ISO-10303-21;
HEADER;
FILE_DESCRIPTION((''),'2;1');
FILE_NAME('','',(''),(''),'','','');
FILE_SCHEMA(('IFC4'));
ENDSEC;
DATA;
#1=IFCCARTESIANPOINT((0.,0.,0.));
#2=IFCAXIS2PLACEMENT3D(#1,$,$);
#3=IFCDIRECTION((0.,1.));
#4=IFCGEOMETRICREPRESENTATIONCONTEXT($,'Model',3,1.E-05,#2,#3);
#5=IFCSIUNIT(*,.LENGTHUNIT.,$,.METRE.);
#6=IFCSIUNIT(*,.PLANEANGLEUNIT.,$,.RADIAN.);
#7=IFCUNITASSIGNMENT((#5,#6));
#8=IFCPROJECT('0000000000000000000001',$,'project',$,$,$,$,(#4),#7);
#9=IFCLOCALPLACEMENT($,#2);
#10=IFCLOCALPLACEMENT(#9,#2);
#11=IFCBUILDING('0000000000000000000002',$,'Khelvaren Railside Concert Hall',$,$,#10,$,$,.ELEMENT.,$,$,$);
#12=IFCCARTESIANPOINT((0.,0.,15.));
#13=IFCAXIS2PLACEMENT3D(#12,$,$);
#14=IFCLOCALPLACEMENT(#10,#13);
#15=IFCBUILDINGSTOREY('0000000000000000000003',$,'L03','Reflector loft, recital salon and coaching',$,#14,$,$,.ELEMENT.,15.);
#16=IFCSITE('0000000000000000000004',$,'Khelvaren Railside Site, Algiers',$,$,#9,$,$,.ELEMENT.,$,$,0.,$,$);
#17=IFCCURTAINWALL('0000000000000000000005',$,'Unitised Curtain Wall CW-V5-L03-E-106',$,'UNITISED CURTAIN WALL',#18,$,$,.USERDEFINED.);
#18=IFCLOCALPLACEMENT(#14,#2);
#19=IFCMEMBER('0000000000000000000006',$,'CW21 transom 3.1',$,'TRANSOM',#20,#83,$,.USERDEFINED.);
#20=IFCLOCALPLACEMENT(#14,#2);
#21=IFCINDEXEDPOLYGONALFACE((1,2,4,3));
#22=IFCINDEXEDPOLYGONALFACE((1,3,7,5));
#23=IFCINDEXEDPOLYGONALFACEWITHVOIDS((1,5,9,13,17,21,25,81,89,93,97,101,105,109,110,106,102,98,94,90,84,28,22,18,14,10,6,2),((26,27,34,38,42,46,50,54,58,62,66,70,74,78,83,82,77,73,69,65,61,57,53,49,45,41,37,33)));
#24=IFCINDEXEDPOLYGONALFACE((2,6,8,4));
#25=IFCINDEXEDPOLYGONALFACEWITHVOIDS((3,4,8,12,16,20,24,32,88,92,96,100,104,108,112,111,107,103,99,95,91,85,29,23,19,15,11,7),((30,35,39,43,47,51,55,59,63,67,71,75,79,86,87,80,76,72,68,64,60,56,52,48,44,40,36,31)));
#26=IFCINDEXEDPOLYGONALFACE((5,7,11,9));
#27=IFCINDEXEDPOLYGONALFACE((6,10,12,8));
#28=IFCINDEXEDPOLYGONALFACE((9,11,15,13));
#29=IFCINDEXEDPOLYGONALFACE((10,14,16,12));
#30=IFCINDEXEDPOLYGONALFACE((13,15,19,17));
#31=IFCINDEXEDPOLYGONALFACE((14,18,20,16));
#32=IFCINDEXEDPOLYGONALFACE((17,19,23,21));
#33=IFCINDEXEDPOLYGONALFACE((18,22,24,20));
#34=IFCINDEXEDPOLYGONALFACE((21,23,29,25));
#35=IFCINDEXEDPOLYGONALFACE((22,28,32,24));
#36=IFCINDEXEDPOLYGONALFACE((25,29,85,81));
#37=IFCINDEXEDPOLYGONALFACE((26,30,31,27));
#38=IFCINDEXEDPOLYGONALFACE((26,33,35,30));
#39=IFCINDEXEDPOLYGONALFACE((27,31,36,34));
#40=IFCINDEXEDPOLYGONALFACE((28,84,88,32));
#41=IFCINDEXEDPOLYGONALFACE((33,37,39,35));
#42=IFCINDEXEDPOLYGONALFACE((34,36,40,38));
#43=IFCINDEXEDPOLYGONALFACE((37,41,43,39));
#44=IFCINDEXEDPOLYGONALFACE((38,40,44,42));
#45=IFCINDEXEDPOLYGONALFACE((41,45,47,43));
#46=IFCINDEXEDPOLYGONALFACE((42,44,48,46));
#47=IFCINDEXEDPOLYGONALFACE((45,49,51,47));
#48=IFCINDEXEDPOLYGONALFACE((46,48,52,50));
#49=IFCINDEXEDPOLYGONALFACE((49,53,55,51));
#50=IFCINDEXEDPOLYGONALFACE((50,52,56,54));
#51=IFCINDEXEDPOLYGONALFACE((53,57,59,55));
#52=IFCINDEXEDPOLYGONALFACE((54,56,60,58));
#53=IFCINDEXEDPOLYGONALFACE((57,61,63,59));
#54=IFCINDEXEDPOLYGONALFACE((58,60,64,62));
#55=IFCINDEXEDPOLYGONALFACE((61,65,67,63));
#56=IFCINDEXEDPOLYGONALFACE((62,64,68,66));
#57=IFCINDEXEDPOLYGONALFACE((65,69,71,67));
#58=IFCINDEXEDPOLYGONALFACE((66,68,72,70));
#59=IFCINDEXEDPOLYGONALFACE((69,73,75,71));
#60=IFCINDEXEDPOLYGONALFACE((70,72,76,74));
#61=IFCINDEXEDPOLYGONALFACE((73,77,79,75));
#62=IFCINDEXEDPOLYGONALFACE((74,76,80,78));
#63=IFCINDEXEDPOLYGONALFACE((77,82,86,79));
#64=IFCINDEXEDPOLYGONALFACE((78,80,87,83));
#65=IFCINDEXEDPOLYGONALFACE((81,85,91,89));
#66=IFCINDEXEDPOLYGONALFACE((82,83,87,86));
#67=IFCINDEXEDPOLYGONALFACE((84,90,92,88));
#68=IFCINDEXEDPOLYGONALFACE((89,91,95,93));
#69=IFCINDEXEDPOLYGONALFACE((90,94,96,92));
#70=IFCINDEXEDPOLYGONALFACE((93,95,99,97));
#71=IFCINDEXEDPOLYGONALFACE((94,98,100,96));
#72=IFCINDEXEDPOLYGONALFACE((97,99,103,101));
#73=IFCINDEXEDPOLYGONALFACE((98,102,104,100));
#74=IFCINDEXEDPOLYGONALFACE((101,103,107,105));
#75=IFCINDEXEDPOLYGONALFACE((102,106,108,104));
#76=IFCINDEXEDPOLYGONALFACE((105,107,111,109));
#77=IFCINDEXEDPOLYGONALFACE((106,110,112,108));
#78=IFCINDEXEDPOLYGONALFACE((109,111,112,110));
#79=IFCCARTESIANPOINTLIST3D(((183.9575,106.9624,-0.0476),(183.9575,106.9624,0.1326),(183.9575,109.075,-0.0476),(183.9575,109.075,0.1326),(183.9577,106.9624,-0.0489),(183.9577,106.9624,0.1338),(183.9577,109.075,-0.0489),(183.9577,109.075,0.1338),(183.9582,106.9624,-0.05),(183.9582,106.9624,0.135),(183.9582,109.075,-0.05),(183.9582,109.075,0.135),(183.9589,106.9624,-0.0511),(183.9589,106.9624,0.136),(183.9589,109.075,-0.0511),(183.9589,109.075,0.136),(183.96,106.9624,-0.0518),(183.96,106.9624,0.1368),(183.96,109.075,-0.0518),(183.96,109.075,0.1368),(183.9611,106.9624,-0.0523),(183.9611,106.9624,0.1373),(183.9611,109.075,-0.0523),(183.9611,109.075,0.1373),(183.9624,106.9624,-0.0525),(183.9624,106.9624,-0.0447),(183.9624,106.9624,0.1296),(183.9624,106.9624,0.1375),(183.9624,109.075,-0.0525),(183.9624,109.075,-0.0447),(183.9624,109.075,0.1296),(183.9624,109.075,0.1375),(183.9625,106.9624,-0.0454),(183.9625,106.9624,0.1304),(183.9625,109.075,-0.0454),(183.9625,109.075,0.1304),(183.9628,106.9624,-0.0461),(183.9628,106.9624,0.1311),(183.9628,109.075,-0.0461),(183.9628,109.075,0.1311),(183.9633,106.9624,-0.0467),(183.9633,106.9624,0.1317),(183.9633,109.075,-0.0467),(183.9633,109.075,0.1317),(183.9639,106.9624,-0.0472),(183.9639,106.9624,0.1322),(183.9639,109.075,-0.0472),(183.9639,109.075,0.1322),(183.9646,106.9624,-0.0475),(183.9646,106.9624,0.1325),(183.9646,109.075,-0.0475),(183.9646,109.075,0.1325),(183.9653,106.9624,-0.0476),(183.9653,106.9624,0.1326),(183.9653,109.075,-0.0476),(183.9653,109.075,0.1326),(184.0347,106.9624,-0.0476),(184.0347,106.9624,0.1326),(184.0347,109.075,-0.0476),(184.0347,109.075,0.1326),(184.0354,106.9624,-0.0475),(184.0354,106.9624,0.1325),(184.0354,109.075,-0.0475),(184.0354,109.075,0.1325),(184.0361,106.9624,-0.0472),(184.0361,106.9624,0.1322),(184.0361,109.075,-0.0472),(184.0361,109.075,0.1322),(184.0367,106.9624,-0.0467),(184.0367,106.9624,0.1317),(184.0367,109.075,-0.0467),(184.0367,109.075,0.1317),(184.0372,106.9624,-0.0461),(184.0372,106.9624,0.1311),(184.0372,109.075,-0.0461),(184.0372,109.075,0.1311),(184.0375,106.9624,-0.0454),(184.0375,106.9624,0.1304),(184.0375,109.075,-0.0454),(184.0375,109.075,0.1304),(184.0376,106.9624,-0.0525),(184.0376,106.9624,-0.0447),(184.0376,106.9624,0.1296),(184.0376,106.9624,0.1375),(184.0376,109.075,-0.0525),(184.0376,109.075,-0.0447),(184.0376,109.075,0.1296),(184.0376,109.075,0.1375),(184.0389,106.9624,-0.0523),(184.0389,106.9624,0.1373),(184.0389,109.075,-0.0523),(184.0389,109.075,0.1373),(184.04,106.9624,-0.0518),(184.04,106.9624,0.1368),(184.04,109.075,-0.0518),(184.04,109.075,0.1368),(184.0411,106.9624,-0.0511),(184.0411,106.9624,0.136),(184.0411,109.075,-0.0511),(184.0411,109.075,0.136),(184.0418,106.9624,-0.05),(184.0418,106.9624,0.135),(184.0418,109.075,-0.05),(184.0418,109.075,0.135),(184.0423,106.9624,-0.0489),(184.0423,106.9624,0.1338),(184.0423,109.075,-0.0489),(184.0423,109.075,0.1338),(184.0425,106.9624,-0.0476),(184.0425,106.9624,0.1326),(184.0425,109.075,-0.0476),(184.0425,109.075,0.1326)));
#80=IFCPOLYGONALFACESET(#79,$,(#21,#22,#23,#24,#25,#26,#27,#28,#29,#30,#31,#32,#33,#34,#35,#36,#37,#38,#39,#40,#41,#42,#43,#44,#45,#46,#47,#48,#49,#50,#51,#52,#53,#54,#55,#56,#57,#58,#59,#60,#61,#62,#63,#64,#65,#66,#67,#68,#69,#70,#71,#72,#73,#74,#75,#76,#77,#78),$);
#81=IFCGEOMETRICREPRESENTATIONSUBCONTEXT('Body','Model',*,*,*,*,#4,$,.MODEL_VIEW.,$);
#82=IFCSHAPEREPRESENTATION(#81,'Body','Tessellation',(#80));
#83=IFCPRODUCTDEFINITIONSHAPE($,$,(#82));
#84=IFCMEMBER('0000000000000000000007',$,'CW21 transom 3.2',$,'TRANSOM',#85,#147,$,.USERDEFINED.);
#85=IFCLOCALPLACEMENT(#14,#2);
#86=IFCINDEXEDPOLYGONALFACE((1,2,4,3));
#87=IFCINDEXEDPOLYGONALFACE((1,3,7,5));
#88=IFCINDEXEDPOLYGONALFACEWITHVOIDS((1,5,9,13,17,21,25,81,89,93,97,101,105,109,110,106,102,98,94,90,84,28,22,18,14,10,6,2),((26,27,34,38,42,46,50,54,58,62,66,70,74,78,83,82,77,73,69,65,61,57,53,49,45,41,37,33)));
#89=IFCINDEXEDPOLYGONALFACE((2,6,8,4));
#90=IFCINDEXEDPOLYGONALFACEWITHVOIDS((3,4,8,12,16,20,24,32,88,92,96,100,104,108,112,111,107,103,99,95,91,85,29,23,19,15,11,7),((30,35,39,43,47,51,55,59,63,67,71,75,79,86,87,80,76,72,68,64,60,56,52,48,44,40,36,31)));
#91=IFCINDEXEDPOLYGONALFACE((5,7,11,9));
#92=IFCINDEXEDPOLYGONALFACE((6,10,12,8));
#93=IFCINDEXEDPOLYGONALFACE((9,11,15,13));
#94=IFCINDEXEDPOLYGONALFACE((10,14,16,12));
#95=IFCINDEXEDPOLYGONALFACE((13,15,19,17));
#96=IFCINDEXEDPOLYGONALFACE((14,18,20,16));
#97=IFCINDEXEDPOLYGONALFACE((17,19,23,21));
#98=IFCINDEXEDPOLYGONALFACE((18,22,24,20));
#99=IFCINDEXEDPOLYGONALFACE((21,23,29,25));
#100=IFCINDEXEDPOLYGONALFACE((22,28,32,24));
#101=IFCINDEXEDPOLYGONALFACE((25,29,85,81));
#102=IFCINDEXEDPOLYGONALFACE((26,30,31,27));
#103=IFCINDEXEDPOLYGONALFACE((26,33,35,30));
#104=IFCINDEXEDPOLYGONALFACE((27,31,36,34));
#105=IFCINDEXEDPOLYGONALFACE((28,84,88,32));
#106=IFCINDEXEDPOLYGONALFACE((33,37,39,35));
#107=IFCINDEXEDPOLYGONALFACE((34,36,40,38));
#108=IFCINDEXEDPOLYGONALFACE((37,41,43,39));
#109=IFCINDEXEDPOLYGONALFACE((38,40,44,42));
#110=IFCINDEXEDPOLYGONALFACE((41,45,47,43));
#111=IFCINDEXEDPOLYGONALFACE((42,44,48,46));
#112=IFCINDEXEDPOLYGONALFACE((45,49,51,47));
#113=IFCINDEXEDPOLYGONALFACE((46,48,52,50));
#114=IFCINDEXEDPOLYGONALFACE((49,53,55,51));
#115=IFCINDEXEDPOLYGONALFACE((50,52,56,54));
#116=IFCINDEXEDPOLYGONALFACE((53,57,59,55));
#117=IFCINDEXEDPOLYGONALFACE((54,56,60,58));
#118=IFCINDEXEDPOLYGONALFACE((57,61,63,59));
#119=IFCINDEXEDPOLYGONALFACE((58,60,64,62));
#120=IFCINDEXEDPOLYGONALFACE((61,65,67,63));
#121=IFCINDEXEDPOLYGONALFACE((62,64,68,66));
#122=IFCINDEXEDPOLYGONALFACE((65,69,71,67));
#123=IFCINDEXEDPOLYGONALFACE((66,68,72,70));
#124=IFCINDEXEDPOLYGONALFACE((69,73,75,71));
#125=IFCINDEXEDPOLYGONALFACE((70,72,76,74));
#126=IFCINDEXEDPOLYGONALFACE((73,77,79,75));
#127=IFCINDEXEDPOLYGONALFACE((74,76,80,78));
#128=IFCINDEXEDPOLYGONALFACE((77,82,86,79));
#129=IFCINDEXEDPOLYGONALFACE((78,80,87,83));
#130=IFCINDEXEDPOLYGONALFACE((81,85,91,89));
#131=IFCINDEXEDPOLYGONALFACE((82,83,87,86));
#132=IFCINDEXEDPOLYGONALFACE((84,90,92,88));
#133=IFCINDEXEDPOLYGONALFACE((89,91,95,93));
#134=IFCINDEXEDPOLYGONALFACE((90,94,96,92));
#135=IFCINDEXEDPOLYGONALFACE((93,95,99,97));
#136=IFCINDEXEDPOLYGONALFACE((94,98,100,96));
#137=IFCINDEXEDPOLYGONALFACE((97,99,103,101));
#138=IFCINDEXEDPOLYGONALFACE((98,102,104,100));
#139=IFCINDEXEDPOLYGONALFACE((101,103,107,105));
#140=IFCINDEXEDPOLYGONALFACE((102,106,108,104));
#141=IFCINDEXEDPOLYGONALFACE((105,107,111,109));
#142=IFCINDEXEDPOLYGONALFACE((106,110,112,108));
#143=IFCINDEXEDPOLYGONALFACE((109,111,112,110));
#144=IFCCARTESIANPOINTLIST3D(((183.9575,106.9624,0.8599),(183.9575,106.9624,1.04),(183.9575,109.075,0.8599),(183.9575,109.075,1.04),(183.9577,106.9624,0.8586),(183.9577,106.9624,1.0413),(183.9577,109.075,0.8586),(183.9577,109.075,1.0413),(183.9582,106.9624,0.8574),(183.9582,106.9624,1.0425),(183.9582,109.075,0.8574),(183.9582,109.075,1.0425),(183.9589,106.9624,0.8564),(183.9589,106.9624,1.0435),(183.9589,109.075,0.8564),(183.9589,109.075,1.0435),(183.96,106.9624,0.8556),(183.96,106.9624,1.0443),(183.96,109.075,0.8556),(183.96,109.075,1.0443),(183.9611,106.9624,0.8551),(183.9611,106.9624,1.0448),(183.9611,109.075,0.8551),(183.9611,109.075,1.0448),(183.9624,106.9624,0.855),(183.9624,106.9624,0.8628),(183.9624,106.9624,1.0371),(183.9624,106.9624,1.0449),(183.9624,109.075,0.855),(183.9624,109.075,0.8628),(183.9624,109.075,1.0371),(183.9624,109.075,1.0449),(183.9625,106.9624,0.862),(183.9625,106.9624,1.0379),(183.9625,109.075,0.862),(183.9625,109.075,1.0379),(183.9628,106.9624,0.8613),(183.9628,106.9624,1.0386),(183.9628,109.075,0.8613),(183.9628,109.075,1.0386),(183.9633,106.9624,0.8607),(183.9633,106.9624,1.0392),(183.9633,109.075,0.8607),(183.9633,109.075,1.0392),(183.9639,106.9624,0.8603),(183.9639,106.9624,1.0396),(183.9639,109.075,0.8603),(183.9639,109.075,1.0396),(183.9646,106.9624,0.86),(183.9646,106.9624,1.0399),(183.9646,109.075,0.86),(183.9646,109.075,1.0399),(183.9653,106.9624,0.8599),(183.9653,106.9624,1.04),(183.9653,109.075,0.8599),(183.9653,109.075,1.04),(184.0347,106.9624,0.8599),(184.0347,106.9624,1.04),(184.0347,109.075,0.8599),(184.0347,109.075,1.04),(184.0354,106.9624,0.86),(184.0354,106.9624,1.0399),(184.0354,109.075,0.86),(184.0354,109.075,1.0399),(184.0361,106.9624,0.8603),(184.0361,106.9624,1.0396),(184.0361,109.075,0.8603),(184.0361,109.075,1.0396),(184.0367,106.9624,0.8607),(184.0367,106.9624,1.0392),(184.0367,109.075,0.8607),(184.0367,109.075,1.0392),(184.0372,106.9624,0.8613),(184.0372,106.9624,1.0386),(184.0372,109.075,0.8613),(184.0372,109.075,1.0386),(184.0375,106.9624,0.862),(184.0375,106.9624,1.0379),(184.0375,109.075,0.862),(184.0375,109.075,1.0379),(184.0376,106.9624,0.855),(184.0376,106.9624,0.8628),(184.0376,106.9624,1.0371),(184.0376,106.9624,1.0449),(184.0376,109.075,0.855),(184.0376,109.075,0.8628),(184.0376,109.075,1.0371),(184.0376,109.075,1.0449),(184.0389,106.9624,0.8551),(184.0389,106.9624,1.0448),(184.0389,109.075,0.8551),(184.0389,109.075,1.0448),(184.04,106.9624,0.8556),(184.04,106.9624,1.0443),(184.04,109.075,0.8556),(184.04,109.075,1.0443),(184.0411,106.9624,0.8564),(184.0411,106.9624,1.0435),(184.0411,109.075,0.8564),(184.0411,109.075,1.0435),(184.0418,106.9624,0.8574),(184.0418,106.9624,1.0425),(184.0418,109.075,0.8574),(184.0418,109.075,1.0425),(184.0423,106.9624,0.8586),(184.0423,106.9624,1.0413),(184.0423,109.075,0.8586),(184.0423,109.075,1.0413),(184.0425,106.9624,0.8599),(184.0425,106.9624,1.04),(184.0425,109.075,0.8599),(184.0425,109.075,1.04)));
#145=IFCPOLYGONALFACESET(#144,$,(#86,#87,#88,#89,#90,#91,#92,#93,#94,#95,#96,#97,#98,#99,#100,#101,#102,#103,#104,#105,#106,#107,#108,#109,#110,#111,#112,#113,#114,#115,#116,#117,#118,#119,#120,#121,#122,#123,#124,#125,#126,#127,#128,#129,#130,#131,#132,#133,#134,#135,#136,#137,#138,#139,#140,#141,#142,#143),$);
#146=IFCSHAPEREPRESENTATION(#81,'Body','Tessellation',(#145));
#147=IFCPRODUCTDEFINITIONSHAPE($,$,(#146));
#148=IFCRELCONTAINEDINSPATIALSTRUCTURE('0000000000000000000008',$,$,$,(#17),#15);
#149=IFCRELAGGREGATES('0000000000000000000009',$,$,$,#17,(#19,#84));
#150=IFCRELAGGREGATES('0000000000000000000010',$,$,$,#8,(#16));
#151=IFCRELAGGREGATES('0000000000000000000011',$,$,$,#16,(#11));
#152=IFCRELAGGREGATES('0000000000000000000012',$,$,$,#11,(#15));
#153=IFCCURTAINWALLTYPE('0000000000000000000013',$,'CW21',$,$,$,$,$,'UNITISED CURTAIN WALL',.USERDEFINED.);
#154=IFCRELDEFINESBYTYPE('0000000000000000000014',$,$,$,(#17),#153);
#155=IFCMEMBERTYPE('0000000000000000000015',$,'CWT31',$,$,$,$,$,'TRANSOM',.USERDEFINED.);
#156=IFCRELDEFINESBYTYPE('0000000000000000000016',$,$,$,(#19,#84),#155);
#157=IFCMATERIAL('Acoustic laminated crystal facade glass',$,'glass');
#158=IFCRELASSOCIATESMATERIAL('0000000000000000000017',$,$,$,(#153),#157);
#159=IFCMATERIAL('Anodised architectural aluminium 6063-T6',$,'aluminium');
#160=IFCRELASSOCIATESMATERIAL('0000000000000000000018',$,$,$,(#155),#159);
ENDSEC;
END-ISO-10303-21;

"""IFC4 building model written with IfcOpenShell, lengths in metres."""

from ifc_helpers import new_model, si_unit, direction, frame, origin, origin_2d, place, context, subcontext, project, spatial, hollow_rectangle, extrude, material, material_profile, profile_set, type_object, element, aggregate, save


model = new_model("IFC4")

# Units and contexts
model_context = context("Model", 3, precision=1e-05, world=origin(), true_north=direction((0.0, 1.0)))
body_context = subcontext(model_context, "Body", "Model", "MODEL_VIEW")
ifc_project = project(units=[si_unit("LENGTHUNIT", "METRE"), si_unit("PLANEANGLEUNIT", "RADIAN")], contexts=[model_context])

# Site, building, storey
site_placement = place(None, origin())
site = spatial("IfcSite", under=ifc_project, at=site_placement, Name="Khelvaren Railside Site, Algiers", CompositionType="ELEMENT", RefElevation=0.0)
building_placement = place(site_placement, origin())
building = spatial("IfcBuilding", under=site, at=building_placement, Name="Khelvaren Railside Concert Hall", CompositionType="ELEMENT")
storey_placement = place(building_placement, frame((0.0, 0.0, 15.0)))
storey = spatial("IfcBuildingStorey", under=building, at=storey_placement, Name="L03", Description="Reflector loft, recital salon and coaching", CompositionType="ELEMENT", Elevation=15.0)

# Curtain wall, members
ifc_material_1 = material(Name="Acoustic laminated crystal facade glass", Category="glass")
curtain_wall_type = type_object("IfcCurtainWallType", Name="CW21", ElementType="UNITISED CURTAIN WALL", PredefinedType="USERDEFINED", material=ifc_material_1)
curtain_wall_placement = place(storey_placement, origin())
curtain_wall = element("IfcCurtainWall", 1, at=curtain_wall_placement, inside=storey, type_object=curtain_wall_type, Name="Unitised Curtain Wall CW-V5-L03-E-106", ObjectType="UNITISED CURTAIN WALL", PredefinedType="USERDEFINED")
ifc_material_2 = material(Name="Anodised architectural aluminium 6063-T6", Category="aluminium")
ifc_material_profile_1 = material_profile(ifc_material_2, hollow_rectangle(XDim=0.085, YDim=0.1899, WallThickness=0.0049, InnerFilletRadius=0.0029, OuterFilletRadius=0.0049, at=origin_2d()), Name="CWT 85x190x5")
ifc_profile_set_1 = profile_set([ifc_material_profile_1], Name="Anodised architectural aluminium 6063-T6")
member_type_1 = type_object("IfcMemberType", Name="CWT31", ElementType="TRANSOM", PredefinedType="USERDEFINED", material=ifc_profile_set_1)
member_1_placement = place(storey_placement, frame((184.0, 109.075, 0.0425), z_axis=(0.0, -1.0, 0.0), x_axis=(1.0, 0.0, 0.0)))
member_1 = element("IfcMember", 2, at=member_1_placement, type_object=member_type_1, Name="CW21 transom 3.1", ObjectType="TRANSOM", PredefinedType="USERDEFINED", context=body_context, shape_type="SweptSolid", body=[
    extrude(hollow_rectangle(XDim=0.085, YDim=0.1899, WallThickness=0.0049, InnerFilletRadius=0.0029, OuterFilletRadius=0.0049, at=origin_2d()), origin(), (0.0, 0.0, 1.0), 2.1125),
])
member_2_placement = place(storey_placement, frame((184.0, 109.075, 0.95), z_axis=(0.0, -1.0, 0.0), x_axis=(1.0, 0.0, 0.0)))
member_2 = element("IfcMember", 3, at=member_2_placement, type_object=member_type_1, Name="CW21 transom 3.2", ObjectType="TRANSOM", PredefinedType="USERDEFINED", context=body_context, shape_type="SweptSolid", body=[
    extrude(hollow_rectangle(XDim=0.085, YDim=0.1899, WallThickness=0.0049, InnerFilletRadius=0.0029, OuterFilletRadius=0.0049, at=origin_2d()), origin(), (0.0, 0.0, 1.0), 2.1125),
])

aggregate(curtain_wall, [member_1, member_2])

save(model, "model.ifc")
